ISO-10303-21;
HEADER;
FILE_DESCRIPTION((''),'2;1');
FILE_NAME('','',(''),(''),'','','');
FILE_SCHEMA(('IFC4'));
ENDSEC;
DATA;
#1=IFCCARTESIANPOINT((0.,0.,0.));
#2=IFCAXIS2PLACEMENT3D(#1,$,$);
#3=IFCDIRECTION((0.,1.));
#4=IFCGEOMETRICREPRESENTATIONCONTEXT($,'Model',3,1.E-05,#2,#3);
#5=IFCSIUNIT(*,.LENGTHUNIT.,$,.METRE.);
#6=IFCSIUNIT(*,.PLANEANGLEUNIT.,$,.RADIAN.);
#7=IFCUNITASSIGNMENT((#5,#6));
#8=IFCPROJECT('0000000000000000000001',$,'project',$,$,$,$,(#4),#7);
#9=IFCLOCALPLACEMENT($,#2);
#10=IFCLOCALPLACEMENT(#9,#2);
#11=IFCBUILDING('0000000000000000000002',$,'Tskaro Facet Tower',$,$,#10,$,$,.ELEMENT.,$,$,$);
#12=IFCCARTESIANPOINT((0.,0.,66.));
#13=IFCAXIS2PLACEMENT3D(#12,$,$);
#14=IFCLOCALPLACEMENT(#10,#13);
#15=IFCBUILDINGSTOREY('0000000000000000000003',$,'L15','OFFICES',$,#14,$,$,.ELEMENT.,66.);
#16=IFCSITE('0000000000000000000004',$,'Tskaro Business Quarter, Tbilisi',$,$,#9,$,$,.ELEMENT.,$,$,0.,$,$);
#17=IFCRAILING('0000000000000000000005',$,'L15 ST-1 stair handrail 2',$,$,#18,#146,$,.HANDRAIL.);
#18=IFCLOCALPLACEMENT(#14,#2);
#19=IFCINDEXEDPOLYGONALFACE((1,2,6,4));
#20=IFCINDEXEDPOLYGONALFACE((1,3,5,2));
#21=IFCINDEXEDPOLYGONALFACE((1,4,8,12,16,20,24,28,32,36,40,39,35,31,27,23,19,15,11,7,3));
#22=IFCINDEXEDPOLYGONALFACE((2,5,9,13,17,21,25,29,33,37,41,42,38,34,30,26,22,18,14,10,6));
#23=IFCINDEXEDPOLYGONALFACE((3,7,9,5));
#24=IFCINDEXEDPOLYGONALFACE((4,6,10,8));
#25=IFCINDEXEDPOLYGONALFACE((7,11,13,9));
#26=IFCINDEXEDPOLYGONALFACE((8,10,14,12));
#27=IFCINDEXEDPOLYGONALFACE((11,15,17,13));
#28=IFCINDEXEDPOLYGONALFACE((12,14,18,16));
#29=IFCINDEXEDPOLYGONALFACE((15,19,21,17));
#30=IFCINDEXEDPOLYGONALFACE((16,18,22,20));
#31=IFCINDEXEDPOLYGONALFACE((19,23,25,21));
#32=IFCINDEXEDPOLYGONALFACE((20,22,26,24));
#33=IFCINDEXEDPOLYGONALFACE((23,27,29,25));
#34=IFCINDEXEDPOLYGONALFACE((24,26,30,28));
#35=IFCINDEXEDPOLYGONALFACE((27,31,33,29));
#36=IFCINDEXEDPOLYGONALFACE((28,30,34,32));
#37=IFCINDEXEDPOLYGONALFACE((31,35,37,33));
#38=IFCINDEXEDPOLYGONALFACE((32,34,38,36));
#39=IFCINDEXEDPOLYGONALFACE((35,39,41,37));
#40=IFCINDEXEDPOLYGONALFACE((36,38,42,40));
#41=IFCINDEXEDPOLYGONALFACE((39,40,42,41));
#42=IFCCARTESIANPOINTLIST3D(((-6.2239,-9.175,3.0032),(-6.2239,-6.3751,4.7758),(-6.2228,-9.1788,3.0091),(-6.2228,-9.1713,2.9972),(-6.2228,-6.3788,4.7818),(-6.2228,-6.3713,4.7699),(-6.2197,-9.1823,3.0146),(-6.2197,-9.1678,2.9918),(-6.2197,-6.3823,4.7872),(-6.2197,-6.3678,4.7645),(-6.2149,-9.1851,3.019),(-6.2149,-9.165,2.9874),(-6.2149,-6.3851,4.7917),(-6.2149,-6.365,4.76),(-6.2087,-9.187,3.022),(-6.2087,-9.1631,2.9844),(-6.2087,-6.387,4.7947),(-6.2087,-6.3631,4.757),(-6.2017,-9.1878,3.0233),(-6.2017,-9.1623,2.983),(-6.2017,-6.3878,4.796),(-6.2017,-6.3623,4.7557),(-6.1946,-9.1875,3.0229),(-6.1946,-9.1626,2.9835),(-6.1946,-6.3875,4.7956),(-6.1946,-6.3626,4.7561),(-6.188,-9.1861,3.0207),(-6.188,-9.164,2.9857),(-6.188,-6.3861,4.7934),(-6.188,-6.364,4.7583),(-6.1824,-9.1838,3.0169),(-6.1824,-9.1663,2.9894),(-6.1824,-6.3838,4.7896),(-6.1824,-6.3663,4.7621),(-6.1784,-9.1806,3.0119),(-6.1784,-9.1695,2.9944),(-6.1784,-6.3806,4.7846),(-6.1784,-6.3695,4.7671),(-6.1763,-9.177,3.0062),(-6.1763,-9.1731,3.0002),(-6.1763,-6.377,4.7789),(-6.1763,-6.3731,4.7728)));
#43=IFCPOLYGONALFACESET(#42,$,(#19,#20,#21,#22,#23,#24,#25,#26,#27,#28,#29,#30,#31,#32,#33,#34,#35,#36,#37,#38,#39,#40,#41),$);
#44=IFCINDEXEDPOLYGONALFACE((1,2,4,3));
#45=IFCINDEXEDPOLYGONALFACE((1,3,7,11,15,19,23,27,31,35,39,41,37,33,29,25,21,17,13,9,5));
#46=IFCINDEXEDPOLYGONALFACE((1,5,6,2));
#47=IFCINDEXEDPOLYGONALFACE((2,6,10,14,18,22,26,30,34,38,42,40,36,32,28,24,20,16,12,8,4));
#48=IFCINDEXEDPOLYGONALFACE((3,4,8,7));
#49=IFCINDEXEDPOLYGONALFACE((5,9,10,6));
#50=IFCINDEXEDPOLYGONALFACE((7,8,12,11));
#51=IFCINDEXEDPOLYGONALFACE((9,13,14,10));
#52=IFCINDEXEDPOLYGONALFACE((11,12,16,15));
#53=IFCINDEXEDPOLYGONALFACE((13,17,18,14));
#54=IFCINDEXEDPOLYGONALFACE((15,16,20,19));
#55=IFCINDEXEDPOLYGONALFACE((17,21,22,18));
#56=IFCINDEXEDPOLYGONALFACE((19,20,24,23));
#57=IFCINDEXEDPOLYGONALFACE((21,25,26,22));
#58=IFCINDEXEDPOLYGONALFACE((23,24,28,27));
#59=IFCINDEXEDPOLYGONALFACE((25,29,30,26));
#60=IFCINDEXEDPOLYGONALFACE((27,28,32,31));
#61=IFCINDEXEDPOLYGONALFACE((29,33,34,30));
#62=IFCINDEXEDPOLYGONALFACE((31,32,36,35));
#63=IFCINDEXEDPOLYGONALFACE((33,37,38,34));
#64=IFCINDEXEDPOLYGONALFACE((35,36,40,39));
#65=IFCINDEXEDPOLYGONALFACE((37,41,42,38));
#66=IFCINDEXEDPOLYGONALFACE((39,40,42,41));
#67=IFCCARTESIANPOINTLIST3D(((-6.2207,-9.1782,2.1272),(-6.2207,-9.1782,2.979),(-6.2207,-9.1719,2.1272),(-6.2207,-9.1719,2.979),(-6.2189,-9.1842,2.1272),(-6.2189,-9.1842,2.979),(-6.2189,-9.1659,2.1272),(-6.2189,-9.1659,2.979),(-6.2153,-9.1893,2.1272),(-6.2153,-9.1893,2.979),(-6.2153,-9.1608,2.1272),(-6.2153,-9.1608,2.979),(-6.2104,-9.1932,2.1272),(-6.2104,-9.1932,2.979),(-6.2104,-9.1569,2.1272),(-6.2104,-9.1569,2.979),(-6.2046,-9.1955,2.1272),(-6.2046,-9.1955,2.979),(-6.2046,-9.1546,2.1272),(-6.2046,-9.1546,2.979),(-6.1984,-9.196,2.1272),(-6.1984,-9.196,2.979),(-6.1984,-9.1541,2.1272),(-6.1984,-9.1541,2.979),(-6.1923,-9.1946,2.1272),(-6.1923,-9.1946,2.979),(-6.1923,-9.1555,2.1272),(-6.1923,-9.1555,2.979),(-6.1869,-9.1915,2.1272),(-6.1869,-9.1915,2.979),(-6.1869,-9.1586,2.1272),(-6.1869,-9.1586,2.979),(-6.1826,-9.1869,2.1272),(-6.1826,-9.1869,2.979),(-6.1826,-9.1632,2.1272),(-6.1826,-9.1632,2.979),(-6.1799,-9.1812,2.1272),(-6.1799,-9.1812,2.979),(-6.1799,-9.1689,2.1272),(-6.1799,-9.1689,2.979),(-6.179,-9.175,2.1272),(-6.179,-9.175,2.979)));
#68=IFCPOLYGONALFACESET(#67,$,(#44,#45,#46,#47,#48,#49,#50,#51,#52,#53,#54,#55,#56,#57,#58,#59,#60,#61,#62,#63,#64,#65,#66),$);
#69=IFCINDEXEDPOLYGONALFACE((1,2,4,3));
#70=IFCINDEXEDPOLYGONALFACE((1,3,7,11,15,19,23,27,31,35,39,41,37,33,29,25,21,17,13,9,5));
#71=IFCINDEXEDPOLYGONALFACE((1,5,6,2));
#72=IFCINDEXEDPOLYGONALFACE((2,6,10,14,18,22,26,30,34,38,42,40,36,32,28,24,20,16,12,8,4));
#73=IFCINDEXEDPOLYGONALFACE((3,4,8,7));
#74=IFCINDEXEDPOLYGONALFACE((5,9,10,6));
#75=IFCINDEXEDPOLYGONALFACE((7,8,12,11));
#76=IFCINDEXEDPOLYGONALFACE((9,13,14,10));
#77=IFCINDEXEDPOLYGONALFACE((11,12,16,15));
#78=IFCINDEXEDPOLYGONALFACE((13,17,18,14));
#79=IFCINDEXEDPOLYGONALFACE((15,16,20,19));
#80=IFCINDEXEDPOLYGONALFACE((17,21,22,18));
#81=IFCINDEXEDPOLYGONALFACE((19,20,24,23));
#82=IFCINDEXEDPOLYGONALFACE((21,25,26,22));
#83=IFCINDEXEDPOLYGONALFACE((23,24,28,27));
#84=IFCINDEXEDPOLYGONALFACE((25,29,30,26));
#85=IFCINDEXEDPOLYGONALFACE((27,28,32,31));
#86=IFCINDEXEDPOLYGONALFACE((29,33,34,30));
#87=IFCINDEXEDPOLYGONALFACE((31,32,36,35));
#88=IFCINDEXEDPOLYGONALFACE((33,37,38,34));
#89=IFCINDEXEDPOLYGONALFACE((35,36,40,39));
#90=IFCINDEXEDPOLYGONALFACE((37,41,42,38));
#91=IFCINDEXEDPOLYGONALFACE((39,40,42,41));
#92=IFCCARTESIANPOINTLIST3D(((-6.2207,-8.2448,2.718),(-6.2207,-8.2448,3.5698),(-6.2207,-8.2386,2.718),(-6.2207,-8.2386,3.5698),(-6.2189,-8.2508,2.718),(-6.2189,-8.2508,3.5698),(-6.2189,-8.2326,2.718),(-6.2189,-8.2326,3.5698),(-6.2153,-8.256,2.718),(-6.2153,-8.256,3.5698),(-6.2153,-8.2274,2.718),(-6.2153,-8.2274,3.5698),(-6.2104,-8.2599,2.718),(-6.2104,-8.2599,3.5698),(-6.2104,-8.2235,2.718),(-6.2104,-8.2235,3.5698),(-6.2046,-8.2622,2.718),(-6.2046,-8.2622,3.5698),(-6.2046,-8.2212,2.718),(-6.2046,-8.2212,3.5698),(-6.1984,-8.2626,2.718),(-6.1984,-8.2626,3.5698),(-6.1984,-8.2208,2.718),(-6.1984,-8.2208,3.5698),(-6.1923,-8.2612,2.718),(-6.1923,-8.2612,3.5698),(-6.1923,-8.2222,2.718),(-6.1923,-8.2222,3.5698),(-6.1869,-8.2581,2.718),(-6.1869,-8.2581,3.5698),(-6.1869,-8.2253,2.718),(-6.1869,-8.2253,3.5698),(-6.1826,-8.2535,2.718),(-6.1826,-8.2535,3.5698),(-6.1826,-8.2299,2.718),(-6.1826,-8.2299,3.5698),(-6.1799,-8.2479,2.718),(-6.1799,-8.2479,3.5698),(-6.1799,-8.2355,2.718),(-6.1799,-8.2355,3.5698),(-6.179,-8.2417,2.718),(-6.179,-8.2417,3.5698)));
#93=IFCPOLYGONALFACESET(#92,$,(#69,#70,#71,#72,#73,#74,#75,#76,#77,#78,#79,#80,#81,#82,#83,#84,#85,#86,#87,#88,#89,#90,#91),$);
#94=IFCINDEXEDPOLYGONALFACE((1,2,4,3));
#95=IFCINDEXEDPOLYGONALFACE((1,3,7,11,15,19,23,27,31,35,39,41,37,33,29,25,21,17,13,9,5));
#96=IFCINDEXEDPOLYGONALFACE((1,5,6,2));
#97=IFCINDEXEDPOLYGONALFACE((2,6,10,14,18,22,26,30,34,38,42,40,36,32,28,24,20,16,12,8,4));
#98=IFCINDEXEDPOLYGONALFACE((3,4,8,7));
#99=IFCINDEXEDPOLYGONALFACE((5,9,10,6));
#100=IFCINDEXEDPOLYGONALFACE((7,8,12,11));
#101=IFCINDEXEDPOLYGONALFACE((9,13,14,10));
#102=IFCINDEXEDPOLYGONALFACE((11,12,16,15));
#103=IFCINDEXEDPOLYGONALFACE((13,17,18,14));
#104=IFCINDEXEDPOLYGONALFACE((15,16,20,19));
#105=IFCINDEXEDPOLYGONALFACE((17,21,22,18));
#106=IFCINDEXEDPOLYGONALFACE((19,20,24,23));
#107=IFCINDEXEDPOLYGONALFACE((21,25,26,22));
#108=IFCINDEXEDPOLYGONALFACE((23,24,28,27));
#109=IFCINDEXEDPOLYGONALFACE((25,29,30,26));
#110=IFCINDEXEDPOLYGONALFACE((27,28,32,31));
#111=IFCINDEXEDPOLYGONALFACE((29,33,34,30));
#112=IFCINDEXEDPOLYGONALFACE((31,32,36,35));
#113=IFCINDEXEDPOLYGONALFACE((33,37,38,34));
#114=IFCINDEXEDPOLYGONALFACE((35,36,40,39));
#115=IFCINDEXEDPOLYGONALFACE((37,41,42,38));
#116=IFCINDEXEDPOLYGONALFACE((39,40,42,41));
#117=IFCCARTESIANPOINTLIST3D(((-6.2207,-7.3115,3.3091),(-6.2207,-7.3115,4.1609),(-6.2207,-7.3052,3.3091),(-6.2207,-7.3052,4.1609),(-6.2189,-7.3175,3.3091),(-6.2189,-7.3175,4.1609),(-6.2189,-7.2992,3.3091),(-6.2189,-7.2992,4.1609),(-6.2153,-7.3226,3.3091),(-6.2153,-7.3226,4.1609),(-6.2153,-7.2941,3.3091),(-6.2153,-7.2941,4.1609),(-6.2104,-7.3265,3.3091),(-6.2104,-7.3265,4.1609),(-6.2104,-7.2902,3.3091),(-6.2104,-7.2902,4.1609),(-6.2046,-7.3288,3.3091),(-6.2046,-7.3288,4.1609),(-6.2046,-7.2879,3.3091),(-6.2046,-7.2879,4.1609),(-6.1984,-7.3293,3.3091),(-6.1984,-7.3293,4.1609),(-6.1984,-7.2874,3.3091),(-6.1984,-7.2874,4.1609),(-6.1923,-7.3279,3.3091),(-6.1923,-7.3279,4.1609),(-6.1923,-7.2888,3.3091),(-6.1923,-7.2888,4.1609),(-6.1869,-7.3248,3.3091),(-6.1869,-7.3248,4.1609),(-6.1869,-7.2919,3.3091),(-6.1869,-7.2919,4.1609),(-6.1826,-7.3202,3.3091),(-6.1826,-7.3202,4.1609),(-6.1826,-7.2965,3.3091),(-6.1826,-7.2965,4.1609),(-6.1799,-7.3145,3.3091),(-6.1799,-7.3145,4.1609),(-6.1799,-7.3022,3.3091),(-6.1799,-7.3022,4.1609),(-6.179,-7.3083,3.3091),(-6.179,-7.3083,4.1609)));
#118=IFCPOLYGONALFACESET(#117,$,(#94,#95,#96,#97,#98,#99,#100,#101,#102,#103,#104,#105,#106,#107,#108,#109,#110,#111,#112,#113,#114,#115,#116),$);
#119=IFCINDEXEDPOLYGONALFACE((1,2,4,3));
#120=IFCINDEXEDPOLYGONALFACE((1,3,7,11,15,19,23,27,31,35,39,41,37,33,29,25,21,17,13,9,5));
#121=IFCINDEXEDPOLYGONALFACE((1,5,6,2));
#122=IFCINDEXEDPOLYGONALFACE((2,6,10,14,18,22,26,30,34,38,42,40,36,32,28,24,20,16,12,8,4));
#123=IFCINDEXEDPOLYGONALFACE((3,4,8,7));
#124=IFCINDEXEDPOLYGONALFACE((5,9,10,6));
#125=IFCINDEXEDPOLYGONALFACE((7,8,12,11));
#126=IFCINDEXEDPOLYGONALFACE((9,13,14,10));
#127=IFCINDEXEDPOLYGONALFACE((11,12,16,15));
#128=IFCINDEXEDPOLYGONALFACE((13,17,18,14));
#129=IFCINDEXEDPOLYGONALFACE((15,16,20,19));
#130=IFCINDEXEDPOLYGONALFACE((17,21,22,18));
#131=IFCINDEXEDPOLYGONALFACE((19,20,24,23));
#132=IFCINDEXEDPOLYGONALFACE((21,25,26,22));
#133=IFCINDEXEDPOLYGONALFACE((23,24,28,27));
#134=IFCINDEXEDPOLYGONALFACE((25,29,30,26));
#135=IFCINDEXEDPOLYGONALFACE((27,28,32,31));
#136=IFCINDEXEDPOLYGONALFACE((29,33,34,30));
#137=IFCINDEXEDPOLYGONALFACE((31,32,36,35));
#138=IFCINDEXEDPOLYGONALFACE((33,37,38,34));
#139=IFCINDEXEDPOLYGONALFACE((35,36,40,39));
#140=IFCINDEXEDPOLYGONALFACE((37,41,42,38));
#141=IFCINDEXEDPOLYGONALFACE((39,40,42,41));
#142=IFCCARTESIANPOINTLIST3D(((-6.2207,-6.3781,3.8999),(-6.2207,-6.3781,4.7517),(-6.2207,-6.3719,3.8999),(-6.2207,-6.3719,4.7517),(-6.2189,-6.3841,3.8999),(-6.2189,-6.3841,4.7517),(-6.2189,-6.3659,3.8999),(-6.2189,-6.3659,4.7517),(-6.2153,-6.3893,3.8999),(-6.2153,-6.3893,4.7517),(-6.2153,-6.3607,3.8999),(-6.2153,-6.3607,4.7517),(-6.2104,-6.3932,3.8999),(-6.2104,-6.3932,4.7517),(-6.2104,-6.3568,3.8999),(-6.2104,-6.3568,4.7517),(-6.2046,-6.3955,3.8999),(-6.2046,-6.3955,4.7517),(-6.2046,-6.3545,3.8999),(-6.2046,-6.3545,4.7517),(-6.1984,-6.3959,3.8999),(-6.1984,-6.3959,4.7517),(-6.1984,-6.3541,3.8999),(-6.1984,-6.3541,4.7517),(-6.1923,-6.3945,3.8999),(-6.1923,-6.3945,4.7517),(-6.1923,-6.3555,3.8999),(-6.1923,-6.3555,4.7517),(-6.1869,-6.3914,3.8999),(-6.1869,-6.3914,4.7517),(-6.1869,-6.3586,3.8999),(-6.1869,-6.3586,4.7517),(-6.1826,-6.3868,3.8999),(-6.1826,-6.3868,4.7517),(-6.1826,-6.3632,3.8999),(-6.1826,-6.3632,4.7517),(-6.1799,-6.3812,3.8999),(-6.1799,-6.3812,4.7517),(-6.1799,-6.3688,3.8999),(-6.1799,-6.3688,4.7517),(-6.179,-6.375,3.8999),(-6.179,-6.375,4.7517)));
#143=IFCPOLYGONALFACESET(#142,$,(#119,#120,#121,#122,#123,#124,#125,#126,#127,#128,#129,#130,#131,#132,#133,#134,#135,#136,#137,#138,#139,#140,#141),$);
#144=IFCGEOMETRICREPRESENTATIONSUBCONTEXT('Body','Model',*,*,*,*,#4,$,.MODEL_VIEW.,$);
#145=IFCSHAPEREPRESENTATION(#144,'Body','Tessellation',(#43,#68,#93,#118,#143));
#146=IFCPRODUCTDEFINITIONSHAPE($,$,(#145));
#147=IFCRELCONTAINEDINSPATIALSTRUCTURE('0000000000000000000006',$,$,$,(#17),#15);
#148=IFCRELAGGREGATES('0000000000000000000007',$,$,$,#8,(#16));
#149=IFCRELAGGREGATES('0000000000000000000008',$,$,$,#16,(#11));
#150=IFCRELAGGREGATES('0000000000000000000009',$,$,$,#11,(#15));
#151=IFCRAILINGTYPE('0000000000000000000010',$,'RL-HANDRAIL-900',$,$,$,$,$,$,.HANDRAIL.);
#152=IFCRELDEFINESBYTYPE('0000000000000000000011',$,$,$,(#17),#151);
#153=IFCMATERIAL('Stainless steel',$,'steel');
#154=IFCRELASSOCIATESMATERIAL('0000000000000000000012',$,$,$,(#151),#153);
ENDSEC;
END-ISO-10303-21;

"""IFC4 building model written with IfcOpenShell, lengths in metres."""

from ifc_helpers import new_model, si_unit, direction, frame, origin, origin_2d, place, context, subcontext, project, spatial, circle, extrude, material, type_object, element, save


model = new_model("IFC4")

# Units and contexts
model_context = context("Model", 3, precision=1e-05, world=origin(), true_north=direction((0.0, 1.0)))
body_context = subcontext(model_context, "Body", "Model", "MODEL_VIEW")
ifc_project = project(units=[si_unit("LENGTHUNIT", "METRE"), si_unit("PLANEANGLEUNIT", "RADIAN")], contexts=[model_context])

# Site, building, storey
site_placement = place(None, origin())
site = spatial("IfcSite", under=ifc_project, at=site_placement, Name="Tskaro Business Quarter, Tbilisi", CompositionType="ELEMENT", RefElevation=0.0)
building_placement = place(site_placement, origin())
building = spatial("IfcBuilding", under=site, at=building_placement, Name="Tskaro Facet Tower", CompositionType="ELEMENT")
storey_placement = place(building_placement, frame((0.0, 0.0, 66.0)))
storey = spatial("IfcBuildingStorey", under=building, at=storey_placement, Name="L15", Description="OFFICES", CompositionType="ELEMENT", Elevation=66.0)

# Shared definitions
ifc_material_1 = material(Name="Stainless steel", Category="steel")

# Railing
railing_type_1 = type_object("IfcRailingType", Name="RL-HANDRAIL-900", PredefinedType="HANDRAIL", material=ifc_material_1)
railing_1_placement = place(storey_placement, frame((-6.2, -9.175, 2.1272)))
element("IfcRailing", 1, at=railing_1_placement, inside=storey, type_object=railing_type_1, Name="L15 ST-1 stair handrail 2", PredefinedType="HANDRAIL", context=body_context, shape_type="SweptSolid", body=[
    extrude(circle(Radius=0.0239, at=origin_2d()), frame((0.0, 0.0, 0.876), z_axis=(0.0, 0.844909, 0.53491), x_axis=(-1.0, 0.0, 0.0)), (0.0, 0.0, 1.0), 3.314),
    extrude(circle(Radius=0.021, at=origin_2d()), origin(), (0.0, 0.0, 1.0), 0.8518),
    extrude(circle(Radius=0.021, at=origin_2d()), frame((0.0, 0.9333, 0.5908)), (0.0, 0.0, 1.0), 0.8518),
    extrude(circle(Radius=0.021, at=origin_2d()), frame((0.0, 1.8667, 1.1819)), (0.0, 0.0, 1.0), 0.8518),
    extrude(circle(Radius=0.021, at=origin_2d()), frame((0.0, 2.8, 1.7727)), (0.0, 0.0, 1.0), 0.8518),
])

save(model, "model.ifc")
